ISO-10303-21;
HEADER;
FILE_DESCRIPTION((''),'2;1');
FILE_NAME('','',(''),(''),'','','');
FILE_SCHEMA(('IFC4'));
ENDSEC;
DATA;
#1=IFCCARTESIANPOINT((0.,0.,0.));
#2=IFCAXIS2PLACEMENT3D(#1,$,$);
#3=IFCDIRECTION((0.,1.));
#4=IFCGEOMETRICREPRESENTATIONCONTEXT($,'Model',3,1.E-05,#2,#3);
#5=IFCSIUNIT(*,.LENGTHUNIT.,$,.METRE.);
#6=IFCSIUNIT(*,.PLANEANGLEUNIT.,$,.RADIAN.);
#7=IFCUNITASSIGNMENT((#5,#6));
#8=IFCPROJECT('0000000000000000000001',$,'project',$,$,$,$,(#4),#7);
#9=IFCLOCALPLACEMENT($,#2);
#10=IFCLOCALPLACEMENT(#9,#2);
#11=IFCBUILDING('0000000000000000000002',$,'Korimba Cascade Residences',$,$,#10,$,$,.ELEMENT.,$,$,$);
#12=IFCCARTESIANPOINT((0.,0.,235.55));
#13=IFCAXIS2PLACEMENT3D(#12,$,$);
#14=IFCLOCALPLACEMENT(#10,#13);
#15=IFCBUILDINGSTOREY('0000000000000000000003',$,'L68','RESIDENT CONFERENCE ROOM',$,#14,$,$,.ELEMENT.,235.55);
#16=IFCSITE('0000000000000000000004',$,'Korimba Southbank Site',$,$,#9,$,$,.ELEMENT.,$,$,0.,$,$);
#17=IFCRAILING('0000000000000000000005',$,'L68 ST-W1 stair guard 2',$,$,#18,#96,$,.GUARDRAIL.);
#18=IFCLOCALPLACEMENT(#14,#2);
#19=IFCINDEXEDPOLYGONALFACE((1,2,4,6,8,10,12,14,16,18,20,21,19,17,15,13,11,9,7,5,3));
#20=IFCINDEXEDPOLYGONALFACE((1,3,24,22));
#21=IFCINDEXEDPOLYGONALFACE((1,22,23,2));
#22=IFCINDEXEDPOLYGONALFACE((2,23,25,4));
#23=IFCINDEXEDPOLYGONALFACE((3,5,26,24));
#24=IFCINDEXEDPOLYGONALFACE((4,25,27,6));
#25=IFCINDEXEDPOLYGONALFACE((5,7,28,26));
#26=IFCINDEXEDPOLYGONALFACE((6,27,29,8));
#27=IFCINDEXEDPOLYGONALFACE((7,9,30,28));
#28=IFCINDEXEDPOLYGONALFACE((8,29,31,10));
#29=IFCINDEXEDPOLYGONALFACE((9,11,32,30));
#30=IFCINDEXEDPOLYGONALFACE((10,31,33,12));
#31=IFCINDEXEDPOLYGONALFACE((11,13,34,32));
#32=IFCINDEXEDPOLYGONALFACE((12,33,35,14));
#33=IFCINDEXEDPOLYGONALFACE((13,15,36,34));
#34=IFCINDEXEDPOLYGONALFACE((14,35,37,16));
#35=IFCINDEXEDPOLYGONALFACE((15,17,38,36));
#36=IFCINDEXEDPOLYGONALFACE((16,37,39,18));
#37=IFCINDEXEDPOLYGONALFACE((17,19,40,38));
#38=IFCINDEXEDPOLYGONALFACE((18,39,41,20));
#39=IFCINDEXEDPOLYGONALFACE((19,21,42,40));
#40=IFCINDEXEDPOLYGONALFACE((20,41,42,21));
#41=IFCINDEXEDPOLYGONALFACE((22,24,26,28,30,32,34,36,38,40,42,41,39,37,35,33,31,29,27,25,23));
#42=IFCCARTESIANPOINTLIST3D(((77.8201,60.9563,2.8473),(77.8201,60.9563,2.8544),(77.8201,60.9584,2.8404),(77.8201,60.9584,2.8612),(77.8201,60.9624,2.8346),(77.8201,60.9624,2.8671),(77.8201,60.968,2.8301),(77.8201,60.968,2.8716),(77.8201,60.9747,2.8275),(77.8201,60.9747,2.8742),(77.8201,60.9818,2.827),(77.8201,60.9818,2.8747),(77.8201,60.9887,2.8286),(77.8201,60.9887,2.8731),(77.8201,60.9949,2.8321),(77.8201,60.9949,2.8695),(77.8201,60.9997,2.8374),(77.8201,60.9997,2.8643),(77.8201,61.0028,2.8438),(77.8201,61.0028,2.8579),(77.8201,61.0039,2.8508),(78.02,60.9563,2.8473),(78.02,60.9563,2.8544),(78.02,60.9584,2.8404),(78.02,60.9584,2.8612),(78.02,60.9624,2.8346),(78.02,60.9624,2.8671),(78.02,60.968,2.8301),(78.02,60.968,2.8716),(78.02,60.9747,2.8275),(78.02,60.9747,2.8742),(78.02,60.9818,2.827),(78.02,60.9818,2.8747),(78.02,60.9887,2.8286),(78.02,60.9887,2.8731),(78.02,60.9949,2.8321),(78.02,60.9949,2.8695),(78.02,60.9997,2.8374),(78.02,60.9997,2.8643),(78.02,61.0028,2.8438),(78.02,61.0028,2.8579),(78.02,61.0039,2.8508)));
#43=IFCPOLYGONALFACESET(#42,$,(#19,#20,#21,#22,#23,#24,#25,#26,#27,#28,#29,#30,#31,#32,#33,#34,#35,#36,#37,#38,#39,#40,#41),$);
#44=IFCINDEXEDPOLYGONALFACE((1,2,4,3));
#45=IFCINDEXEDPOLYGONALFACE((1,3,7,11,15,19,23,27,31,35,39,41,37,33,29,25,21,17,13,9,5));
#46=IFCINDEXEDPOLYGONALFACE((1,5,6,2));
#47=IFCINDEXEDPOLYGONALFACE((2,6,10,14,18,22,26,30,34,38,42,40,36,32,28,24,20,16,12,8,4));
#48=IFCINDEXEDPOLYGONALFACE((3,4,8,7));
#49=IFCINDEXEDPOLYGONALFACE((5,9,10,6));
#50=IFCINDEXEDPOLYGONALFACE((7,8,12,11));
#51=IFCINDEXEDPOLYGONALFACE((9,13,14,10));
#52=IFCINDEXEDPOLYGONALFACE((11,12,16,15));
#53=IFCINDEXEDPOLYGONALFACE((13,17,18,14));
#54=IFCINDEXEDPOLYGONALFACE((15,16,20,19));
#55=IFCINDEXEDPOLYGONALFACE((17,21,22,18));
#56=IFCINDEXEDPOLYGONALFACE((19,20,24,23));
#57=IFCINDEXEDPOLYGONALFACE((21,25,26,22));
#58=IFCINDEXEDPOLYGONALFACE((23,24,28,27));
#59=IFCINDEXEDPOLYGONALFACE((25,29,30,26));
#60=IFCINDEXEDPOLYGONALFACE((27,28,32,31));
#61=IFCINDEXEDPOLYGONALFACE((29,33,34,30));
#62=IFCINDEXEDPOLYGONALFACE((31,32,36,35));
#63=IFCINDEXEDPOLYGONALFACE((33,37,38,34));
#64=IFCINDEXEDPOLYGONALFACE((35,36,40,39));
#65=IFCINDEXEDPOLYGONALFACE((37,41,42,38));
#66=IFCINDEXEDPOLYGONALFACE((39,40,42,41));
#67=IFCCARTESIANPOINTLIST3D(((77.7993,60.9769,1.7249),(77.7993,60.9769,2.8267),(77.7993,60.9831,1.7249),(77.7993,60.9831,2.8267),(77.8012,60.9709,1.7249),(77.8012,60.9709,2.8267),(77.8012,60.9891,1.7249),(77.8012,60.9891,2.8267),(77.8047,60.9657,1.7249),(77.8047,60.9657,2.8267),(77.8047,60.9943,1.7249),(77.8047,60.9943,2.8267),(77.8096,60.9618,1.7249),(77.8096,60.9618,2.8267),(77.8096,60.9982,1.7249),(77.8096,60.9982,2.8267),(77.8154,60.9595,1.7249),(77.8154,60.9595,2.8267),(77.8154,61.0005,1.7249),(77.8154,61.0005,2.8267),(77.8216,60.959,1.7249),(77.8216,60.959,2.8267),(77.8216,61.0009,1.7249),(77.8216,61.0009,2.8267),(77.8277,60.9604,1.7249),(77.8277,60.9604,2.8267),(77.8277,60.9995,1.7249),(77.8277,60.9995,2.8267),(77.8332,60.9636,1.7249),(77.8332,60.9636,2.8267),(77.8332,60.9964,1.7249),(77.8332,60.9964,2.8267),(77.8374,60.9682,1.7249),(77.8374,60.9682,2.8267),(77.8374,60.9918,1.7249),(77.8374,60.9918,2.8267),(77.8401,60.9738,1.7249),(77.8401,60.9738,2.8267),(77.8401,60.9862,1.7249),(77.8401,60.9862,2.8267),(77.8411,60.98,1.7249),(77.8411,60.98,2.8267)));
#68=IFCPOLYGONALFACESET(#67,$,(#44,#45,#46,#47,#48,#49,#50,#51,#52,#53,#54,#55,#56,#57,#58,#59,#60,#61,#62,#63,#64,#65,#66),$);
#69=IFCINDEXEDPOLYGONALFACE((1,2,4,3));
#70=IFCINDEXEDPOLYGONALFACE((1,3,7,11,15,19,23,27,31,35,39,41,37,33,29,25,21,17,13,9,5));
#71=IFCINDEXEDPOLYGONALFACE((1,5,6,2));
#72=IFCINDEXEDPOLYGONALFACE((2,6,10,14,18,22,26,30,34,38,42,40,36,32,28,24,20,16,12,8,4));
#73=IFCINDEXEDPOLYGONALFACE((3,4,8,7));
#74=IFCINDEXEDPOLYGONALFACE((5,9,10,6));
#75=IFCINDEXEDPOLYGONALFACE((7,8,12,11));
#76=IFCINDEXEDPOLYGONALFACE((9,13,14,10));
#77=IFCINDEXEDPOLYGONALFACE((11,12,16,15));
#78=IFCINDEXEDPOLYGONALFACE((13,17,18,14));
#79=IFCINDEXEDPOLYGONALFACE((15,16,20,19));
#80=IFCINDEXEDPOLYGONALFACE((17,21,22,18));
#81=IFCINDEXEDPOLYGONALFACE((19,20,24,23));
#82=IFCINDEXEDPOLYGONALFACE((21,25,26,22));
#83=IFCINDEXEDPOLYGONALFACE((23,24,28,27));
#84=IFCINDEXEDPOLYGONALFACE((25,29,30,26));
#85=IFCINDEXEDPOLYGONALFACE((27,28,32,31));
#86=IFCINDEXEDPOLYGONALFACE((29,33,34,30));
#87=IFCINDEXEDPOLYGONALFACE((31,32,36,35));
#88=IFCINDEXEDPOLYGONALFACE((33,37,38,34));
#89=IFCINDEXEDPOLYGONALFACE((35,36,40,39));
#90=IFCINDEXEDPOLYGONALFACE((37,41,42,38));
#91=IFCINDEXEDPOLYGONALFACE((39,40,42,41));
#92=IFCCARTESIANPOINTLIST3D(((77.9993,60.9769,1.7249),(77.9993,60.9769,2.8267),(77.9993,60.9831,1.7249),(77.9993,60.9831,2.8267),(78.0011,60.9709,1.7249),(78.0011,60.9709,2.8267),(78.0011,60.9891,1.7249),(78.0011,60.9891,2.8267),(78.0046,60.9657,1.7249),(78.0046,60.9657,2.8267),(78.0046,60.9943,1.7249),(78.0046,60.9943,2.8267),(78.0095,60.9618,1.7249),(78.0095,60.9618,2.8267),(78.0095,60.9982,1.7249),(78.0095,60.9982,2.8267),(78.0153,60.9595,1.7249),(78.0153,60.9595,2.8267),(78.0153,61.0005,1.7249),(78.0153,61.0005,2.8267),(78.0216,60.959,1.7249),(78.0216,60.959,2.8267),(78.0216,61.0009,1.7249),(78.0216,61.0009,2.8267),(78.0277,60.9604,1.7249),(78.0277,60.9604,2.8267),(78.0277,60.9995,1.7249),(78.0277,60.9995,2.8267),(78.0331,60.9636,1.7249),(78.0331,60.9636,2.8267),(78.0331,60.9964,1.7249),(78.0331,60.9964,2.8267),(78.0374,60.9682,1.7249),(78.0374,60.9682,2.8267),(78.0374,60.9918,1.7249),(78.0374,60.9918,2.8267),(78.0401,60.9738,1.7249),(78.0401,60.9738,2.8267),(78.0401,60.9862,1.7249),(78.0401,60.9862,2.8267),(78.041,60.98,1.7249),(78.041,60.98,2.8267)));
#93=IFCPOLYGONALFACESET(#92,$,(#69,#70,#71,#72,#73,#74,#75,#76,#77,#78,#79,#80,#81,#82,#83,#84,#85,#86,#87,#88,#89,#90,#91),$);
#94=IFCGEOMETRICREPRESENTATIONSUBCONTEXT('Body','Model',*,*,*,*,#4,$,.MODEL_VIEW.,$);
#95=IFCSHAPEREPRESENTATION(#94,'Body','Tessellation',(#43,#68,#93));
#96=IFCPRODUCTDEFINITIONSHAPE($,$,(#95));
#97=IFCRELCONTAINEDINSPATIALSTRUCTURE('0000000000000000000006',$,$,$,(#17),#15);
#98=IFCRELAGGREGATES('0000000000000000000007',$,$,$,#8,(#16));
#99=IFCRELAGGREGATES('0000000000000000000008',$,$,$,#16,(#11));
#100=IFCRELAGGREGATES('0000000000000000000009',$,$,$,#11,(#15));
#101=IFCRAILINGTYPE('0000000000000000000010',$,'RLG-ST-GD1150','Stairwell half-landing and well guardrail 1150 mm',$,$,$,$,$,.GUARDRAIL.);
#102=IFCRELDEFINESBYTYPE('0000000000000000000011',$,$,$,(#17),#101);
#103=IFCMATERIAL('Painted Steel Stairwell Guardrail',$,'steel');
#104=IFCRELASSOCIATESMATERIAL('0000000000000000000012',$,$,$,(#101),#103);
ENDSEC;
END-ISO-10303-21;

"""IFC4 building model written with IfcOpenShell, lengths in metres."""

from ifc_helpers import new_model, si_unit, direction, frame, origin, origin_2d, place, context, subcontext, project, spatial, circle, extrude, material, type_object, element, save


model = new_model("IFC4")

# Units and contexts
model_context = context("Model", 3, precision=1e-05, world=origin(), true_north=direction((0.0, 1.0)))
body_context = subcontext(model_context, "Body", "Model", "MODEL_VIEW")
ifc_project = project(units=[si_unit("LENGTHUNIT", "METRE"), si_unit("PLANEANGLEUNIT", "RADIAN")], contexts=[model_context])

# Site, building, storey
site_placement = place(None, origin())
site = spatial("IfcSite", under=ifc_project, at=site_placement, Name="Korimba Southbank Site", CompositionType="ELEMENT", RefElevation=0.0)
building_placement = place(site_placement, origin())
building = spatial("IfcBuilding", under=site, at=building_placement, Name="Korimba Cascade Residences", CompositionType="ELEMENT")
storey_placement = place(building_placement, frame((0.0, 0.0, 235.55)))
storey = spatial("IfcBuildingStorey", under=building, at=storey_placement, Name="L68", Description="RESIDENT CONFERENCE ROOM", CompositionType="ELEMENT", Elevation=235.55)

# Railing
ifc_material_1 = material(Name="Painted Steel Stairwell Guardrail", Category="steel")
railing_type_1 = type_object("IfcRailingType", Name="RLG-ST-GD1150", Description="Stairwell half-landing and well guardrail 1150 mm", PredefinedType="GUARDRAIL", material=ifc_material_1)
railing_1_placement = place(storey_placement, frame((77.8201, 60.98, 1.7249)))
element("IfcRailing", 1, at=railing_1_placement, inside=storey, type_object=railing_type_1, Name="L68 ST-W1 stair guard 2", PredefinedType="GUARDRAIL", context=body_context, shape_type="SweptSolid", body=[
    extrude(circle(Radius=0.0239, at=origin_2d()), frame((0.0, 0.0, 1.126), z_axis=(1.0, 0.0, 0.0), x_axis=(0.0, 1.0, 0.0)), (0.0, 0.0, 1.0), 0.2),
    extrude(circle(Radius=0.021, at=origin_2d()), origin(), (0.0, 0.0, 1.0), 1.1018),
    extrude(circle(Radius=0.021, at=origin_2d()), frame((0.2, 0.0, 0.0)), (0.0, 0.0, 1.0), 1.1018),
])

save(model, "model.ifc")
